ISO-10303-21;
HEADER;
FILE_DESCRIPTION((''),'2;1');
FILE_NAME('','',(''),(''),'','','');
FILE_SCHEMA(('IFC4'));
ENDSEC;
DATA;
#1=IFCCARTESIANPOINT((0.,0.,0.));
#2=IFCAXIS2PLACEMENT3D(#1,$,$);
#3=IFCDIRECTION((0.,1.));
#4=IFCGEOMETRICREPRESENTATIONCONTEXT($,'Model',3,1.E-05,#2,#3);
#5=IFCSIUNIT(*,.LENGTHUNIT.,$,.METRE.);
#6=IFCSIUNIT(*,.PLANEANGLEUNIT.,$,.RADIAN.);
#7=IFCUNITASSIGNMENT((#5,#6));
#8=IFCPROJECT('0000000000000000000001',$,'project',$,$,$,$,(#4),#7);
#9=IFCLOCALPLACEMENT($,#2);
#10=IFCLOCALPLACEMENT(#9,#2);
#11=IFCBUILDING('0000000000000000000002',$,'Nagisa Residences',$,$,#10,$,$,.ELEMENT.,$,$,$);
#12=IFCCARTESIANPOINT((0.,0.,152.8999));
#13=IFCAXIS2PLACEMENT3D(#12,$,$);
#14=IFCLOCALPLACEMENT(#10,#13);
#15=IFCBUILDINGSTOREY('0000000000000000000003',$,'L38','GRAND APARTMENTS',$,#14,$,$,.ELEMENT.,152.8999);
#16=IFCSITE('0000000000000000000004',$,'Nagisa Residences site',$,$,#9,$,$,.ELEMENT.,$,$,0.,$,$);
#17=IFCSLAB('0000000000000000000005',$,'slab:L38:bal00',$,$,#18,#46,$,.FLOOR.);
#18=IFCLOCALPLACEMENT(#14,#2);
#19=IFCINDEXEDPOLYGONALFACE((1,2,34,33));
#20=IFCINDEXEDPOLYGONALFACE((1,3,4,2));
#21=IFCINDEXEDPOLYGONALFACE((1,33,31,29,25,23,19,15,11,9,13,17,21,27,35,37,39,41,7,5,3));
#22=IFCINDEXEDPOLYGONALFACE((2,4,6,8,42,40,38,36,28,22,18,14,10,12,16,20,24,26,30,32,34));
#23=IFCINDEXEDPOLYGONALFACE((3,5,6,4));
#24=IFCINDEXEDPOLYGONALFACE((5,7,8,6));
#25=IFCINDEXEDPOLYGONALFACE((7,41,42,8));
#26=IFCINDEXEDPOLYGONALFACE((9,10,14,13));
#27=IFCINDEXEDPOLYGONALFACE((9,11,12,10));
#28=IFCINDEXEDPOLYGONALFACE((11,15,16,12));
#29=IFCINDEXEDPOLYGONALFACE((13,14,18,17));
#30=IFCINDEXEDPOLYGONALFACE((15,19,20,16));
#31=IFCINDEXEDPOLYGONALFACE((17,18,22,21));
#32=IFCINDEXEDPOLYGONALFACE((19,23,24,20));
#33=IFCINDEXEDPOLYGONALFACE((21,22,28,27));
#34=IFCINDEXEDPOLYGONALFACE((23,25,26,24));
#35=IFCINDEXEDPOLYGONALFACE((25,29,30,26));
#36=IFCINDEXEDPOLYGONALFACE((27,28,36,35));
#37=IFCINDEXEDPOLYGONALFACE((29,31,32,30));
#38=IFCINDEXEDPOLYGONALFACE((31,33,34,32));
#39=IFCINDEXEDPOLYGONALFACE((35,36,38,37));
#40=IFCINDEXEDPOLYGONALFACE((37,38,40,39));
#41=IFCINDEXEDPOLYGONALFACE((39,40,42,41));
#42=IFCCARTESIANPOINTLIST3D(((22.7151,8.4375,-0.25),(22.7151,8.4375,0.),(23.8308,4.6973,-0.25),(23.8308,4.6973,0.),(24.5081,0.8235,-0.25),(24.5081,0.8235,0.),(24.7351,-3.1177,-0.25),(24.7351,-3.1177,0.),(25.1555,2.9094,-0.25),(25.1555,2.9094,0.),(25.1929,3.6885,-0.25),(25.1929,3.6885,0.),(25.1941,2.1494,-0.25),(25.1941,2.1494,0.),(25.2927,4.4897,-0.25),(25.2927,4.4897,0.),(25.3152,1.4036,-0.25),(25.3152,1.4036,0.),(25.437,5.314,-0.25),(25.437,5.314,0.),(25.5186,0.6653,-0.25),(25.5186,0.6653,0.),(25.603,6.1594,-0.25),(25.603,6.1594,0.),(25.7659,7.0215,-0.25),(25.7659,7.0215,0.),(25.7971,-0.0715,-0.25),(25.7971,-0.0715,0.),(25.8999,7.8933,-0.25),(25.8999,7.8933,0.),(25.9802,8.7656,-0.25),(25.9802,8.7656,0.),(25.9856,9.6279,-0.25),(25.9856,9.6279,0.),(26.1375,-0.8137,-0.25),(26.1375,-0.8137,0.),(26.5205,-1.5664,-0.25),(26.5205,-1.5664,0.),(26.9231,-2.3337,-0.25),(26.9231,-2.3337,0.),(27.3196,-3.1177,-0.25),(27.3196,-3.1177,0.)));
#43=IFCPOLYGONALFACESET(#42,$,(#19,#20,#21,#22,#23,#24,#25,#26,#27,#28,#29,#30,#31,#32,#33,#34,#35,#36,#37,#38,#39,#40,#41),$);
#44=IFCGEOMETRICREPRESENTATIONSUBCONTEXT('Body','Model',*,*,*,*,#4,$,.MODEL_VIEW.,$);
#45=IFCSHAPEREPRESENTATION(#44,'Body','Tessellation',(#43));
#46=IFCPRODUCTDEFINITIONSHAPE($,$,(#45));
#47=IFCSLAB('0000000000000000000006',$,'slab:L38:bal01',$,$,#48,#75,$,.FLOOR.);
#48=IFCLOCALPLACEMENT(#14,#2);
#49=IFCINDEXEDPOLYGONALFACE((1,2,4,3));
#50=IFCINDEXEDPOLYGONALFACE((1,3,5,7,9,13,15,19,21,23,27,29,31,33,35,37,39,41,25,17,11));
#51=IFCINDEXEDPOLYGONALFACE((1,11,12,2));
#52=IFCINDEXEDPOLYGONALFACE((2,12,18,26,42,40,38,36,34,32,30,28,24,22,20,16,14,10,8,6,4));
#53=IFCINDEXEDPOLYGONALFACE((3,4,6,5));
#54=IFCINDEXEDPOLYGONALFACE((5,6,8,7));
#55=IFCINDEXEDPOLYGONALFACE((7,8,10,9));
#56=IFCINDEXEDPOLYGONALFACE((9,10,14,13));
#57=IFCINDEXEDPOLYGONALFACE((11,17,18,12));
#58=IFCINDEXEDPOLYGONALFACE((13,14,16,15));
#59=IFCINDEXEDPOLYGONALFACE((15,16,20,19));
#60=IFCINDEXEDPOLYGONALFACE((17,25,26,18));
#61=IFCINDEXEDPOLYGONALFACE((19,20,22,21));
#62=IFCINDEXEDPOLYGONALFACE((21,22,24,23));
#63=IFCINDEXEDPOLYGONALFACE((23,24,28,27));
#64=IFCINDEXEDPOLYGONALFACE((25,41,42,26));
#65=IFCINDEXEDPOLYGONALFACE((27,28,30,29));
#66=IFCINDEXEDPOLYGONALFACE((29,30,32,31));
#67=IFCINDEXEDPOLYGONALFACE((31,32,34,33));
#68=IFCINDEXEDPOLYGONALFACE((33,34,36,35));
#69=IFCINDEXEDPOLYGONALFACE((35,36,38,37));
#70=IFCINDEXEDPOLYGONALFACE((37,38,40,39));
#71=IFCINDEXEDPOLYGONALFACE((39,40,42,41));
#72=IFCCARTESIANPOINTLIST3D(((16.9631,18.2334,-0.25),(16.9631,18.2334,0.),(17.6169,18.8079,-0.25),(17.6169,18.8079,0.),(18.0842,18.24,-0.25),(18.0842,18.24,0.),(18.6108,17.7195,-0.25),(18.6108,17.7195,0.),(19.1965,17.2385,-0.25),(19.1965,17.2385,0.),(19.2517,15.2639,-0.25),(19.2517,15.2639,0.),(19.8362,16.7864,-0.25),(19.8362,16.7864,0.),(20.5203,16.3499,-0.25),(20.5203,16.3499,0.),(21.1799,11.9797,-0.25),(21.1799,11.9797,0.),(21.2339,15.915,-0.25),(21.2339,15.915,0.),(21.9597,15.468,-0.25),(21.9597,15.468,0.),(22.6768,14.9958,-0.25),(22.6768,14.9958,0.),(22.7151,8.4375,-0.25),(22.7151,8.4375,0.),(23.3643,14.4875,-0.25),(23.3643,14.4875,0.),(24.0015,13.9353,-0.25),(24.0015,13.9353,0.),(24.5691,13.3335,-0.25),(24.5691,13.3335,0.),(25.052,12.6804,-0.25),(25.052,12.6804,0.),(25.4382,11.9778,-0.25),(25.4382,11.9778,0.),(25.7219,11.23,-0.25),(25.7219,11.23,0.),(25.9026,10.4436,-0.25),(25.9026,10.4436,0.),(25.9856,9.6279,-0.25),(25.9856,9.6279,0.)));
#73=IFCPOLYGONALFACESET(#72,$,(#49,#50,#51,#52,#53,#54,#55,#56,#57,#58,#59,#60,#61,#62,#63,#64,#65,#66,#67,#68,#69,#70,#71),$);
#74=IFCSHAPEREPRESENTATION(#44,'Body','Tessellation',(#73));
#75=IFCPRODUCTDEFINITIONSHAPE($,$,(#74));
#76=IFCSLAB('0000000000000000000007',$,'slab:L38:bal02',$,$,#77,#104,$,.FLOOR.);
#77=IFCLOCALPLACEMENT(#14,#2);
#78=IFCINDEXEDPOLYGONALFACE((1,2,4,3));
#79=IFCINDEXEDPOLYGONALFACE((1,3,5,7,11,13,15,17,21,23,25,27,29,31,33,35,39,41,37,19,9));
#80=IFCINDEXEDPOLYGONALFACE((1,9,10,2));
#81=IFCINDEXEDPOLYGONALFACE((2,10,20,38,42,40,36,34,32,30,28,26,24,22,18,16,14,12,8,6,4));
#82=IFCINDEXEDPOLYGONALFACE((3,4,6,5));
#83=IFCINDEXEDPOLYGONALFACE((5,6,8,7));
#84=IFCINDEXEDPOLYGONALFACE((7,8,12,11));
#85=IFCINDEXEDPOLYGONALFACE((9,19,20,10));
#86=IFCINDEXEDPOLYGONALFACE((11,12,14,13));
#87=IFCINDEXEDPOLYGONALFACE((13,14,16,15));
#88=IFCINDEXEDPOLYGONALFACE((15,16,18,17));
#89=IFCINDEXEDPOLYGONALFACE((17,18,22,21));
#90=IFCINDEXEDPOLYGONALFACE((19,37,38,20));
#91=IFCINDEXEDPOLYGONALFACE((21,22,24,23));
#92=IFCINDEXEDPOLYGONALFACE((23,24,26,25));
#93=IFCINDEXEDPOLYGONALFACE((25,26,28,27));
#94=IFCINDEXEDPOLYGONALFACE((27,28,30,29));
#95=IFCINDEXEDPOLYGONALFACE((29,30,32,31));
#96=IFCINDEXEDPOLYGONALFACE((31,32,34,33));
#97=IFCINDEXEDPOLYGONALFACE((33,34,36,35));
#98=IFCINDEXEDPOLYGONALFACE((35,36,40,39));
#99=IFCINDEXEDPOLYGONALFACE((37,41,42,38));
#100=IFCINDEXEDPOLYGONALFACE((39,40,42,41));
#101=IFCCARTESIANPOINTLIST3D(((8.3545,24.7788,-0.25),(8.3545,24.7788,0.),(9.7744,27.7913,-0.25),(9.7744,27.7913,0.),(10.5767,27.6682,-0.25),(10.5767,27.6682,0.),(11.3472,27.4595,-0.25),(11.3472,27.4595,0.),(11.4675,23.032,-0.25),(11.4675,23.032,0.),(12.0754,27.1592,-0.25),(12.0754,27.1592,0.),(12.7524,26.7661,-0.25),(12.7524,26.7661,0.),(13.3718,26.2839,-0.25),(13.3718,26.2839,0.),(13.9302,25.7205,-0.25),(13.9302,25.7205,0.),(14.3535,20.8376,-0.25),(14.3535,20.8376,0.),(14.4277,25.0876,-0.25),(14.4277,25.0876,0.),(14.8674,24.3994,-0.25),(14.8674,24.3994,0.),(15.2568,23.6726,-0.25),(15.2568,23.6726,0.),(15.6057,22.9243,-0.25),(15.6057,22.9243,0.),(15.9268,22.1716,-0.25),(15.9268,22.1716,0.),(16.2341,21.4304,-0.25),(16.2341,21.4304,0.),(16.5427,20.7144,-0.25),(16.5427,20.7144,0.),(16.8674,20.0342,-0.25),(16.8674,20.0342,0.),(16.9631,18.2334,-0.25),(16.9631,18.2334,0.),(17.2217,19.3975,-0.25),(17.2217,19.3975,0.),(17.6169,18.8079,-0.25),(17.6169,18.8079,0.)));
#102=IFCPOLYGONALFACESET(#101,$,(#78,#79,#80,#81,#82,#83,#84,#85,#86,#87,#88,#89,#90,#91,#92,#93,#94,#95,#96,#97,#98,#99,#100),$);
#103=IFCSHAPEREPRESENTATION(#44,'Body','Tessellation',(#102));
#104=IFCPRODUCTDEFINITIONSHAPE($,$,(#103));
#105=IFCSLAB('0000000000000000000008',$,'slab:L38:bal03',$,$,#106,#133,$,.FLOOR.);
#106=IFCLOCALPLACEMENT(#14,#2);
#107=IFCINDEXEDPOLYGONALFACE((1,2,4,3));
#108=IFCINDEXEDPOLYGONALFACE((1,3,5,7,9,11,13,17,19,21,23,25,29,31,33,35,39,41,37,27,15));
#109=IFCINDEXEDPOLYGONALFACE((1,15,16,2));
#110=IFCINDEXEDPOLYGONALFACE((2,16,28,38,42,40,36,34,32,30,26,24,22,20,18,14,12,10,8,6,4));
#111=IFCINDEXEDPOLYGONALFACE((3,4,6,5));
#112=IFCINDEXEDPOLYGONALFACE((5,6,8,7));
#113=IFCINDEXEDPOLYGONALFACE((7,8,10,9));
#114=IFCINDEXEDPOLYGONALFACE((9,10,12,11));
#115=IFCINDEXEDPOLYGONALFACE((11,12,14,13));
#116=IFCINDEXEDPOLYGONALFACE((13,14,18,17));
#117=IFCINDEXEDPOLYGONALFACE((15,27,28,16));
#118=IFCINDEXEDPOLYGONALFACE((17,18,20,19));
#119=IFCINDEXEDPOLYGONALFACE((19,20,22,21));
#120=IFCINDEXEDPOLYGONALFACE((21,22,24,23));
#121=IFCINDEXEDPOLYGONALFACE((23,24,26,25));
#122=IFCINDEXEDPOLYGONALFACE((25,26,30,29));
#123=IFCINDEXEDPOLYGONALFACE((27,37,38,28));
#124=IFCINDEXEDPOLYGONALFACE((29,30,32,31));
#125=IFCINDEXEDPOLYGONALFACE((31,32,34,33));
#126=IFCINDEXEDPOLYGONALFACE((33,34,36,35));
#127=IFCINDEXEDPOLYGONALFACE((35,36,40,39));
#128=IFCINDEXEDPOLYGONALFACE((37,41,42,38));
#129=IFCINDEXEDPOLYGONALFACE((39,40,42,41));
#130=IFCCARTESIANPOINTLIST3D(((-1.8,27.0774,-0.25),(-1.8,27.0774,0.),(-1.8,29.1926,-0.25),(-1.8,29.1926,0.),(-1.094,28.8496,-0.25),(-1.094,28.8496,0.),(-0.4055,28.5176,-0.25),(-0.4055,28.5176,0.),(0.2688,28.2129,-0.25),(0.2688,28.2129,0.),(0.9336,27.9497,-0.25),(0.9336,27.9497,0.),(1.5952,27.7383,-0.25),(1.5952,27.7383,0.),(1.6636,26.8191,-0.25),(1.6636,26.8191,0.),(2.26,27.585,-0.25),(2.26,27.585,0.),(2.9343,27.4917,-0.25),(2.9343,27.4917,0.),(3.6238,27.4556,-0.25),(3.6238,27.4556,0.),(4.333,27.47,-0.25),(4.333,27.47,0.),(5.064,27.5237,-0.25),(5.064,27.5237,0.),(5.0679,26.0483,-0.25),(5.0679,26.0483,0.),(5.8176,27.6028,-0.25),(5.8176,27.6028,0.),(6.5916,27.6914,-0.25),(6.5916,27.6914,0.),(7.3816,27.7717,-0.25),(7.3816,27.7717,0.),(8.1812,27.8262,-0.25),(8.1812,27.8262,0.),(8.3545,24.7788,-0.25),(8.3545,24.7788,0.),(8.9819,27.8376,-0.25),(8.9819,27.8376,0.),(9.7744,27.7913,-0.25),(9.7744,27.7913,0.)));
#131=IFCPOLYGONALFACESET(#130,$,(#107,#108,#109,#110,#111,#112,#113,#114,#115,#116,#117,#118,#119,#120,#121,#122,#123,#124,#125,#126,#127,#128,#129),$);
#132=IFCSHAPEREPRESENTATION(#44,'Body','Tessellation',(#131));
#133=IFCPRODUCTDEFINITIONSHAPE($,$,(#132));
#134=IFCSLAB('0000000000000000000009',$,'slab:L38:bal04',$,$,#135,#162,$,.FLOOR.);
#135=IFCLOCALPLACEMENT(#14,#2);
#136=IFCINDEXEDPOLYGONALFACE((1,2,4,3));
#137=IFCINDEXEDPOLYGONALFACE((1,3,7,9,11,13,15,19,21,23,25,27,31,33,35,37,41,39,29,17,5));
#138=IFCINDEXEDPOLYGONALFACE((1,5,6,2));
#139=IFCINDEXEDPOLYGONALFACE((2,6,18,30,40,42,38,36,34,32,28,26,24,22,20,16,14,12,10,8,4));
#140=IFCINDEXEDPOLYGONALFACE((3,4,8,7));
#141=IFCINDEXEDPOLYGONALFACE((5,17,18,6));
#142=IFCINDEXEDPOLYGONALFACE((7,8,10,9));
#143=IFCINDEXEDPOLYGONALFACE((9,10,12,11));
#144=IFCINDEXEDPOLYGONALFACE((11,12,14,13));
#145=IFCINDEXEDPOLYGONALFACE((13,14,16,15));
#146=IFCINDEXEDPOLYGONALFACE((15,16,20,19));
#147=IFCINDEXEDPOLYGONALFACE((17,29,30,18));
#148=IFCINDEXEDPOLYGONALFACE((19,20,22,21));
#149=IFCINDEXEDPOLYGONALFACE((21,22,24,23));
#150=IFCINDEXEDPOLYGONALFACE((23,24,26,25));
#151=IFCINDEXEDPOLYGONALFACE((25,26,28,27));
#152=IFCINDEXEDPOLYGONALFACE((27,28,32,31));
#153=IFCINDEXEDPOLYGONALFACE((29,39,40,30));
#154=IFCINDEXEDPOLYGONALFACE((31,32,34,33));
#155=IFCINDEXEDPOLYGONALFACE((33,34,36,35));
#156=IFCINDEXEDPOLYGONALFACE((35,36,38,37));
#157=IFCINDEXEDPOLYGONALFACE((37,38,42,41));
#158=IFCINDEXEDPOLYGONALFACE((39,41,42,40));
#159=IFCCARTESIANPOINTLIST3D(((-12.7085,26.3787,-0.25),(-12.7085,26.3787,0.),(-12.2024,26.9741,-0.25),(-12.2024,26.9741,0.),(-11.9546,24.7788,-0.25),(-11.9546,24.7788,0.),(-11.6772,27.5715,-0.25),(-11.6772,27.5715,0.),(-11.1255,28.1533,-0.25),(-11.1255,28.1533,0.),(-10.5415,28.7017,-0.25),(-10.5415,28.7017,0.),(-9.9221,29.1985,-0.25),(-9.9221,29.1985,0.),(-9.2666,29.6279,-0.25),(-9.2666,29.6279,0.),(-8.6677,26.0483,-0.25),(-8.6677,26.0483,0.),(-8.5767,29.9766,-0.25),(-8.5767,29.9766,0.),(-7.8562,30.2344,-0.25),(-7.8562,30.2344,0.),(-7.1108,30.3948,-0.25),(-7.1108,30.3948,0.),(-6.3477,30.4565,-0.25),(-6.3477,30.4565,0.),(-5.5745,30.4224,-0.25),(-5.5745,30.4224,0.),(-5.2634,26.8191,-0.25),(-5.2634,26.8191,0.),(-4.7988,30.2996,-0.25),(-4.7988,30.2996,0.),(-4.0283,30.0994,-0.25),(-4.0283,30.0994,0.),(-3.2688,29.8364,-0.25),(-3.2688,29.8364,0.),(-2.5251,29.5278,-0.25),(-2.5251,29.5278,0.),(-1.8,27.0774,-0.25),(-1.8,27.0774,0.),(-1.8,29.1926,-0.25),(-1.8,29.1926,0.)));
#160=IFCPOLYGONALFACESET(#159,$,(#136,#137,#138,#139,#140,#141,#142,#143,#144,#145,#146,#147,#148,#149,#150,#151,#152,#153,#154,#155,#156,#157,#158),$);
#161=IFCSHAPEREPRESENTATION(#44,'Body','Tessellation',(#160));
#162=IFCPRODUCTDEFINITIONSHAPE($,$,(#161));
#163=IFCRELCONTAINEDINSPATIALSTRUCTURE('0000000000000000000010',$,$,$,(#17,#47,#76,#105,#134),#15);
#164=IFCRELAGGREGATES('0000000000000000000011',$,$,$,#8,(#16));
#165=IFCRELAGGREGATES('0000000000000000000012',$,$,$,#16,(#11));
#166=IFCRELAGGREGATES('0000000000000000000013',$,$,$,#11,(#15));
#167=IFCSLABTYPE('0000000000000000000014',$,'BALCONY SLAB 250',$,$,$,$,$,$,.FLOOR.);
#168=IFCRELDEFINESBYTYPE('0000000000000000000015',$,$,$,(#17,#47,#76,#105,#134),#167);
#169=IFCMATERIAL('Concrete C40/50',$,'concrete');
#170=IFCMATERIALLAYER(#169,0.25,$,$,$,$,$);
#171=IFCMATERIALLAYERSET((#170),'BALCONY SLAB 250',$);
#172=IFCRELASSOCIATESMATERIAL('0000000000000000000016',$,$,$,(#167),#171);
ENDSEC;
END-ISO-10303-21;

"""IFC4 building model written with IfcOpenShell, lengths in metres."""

from ifc_helpers import new_model, si_unit, direction, frame, origin, place, context, subcontext, project, spatial, polyline, outline, extrude, material, layer, layer_set, type_object, element, save


model = new_model("IFC4")

# Units and contexts
model_context = context("Model", 3, precision=1e-05, world=origin(), true_north=direction((0.0, 1.0)))
body_context = subcontext(model_context, "Body", "Model", "MODEL_VIEW")
ifc_project = project(units=[si_unit("LENGTHUNIT", "METRE"), si_unit("PLANEANGLEUNIT", "RADIAN")], contexts=[model_context])

# Site, building, storey
site_placement = place(None, origin())
site = spatial("IfcSite", under=ifc_project, at=site_placement, Name="Nagisa Residences site", CompositionType="ELEMENT", RefElevation=0.0)
building_placement = place(site_placement, origin())
building = spatial("IfcBuilding", under=site, at=building_placement, Name="Nagisa Residences", CompositionType="ELEMENT")
storey_placement = place(building_placement, frame((0.0, 0.0, 152.8999)))
storey = spatial("IfcBuildingStorey", under=building, at=storey_placement, Name="L38", Description="GRAND APARTMENTS", CompositionType="ELEMENT", Elevation=152.8999)

# Slabs
ifc_material_1 = material(Name="Concrete C40/50", Category="concrete")
ifc_layer_1 = layer(ifc_material_1, 0.25)
ifc_layer_set_1 = layer_set([ifc_layer_1], Name="BALCONY SLAB 250")
slab_type_1 = type_object("IfcSlabType", Name="BALCONY SLAB 250", PredefinedType="FLOOR", material=ifc_layer_set_1)
slab_1_placement = place(storey_placement, frame((0.0, 0.0, -0.25)))
element("IfcSlab", 1, at=slab_1_placement, inside=storey, type_object=slab_type_1, Name="slab:L38:bal00", PredefinedType="FLOOR", context=body_context, shape_type="SweptSolid", body=[
    extrude(outline(polyline([(27.3196, -3.1177), (26.9231, -2.3337), (26.5205, -1.5664), (26.1375, -0.8137), (25.7971, -0.0715), (25.5186, 0.6653), (25.3152, 1.4036), (25.1941, 2.1494), (25.1555, 2.9094), (25.1929, 3.6885), (25.2927, 4.4897), (25.437, 5.314), (25.603, 6.1594), (25.7659, 7.0215), (25.8999, 7.8933), (25.9802, 8.7656), (25.9856, 9.6279), (22.7151, 8.4375), (23.8308, 4.6973), (24.5081, 0.8235), (24.7351, -3.1177), (27.3196, -3.1177)])), origin(), (0.0, 0.0, 1.0), 0.25),
])
slab_2_placement = place(storey_placement, frame((0.0, 0.0, -0.25)))
element("IfcSlab", 2, at=slab_2_placement, inside=storey, type_object=slab_type_1, Name="slab:L38:bal01", PredefinedType="FLOOR", context=body_context, shape_type="SweptSolid", body=[
    extrude(outline(polyline([(25.9856, 9.6279), (25.9026, 10.4436), (25.7219, 11.23), (25.4382, 11.9778), (25.052, 12.6804), (24.5691, 13.3335), (24.0015, 13.9353), (23.3643, 14.4875), (22.6768, 14.9958), (21.9597, 15.468), (21.2339, 15.915), (20.5203, 16.3499), (19.8362, 16.7864), (19.1965, 17.2385), (18.6108, 17.7195), (18.0842, 18.24), (17.6169, 18.8079), (16.9631, 18.2334), (19.2517, 15.2639), (21.1799, 11.9797), (22.7151, 8.4375), (25.9856, 9.6279)])), origin(), (0.0, 0.0, 1.0), 0.25),
])
slab_3_placement = place(storey_placement, frame((0.0, 0.0, -0.25)))
element("IfcSlab", 3, at=slab_3_placement, inside=storey, type_object=slab_type_1, Name="slab:L38:bal02", PredefinedType="FLOOR", context=body_context, shape_type="SweptSolid", body=[
    extrude(outline(polyline([(17.6169, 18.8079), (17.2217, 19.3975), (16.8674, 20.0342), (16.5427, 20.7144), (16.2341, 21.4304), (15.9268, 22.1716), (15.6057, 22.9243), (15.2568, 23.6726), (14.8674, 24.3994), (14.4277, 25.0876), (13.9302, 25.7205), (13.3718, 26.2839), (12.7524, 26.7661), (12.0754, 27.1592), (11.3472, 27.4595), (10.5767, 27.6682), (9.7744, 27.7913), (8.3545, 24.7788), (11.4675, 23.032), (14.3535, 20.8376), (16.9631, 18.2334), (17.6169, 18.8079)])), origin(), (0.0, 0.0, 1.0), 0.25),
])
slab_4_placement = place(storey_placement, frame((0.0, 0.0, -0.25)))
element("IfcSlab", 4, at=slab_4_placement, inside=storey, type_object=slab_type_1, Name="slab:L38:bal03", PredefinedType="FLOOR", context=body_context, shape_type="SweptSolid", body=[
    extrude(outline(polyline([(9.7744, 27.7913), (8.9819, 27.8376), (8.1812, 27.8262), (7.3816, 27.7717), (6.5916, 27.6914), (5.8176, 27.6028), (5.064, 27.5237), (4.333, 27.47), (3.6238, 27.4556), (2.9343, 27.4917), (2.26, 27.585), (1.5952, 27.7383), (0.9336, 27.9497), (0.2688, 28.2129), (-0.4055, 28.5176), (-1.094, 28.8496), (-1.8, 29.1926), (-1.8, 27.0774), (1.6636, 26.8191), (5.0679, 26.0483), (8.3545, 24.7788), (9.7744, 27.7913)])), origin(), (0.0, 0.0, 1.0), 0.25),
])
slab_5_placement = place(storey_placement, frame((0.0, 0.0, -0.25)))
element("IfcSlab", 5, at=slab_5_placement, inside=storey, type_object=slab_type_1, Name="slab:L38:bal04", PredefinedType="FLOOR", context=body_context, shape_type="SweptSolid", body=[
    extrude(outline(polyline([(-1.8, 29.1926), (-2.5251, 29.5278), (-3.2688, 29.8364), (-4.0283, 30.0994), (-4.7988, 30.2996), (-5.5745, 30.4224), (-6.3477, 30.4565), (-7.1108, 30.3948), (-7.8562, 30.2344), (-8.5767, 29.9766), (-9.2666, 29.6279), (-9.9221, 29.1985), (-10.5415, 28.7017), (-11.1255, 28.1533), (-11.6772, 27.5715), (-12.2024, 26.9741), (-12.7085, 26.3787), (-11.9546, 24.7788), (-8.6677, 26.0483), (-5.2634, 26.8191), (-1.8, 27.0774), (-1.8, 29.1926)])), origin(), (0.0, 0.0, 1.0), 0.25),
])

save(model, "model.ifc")
